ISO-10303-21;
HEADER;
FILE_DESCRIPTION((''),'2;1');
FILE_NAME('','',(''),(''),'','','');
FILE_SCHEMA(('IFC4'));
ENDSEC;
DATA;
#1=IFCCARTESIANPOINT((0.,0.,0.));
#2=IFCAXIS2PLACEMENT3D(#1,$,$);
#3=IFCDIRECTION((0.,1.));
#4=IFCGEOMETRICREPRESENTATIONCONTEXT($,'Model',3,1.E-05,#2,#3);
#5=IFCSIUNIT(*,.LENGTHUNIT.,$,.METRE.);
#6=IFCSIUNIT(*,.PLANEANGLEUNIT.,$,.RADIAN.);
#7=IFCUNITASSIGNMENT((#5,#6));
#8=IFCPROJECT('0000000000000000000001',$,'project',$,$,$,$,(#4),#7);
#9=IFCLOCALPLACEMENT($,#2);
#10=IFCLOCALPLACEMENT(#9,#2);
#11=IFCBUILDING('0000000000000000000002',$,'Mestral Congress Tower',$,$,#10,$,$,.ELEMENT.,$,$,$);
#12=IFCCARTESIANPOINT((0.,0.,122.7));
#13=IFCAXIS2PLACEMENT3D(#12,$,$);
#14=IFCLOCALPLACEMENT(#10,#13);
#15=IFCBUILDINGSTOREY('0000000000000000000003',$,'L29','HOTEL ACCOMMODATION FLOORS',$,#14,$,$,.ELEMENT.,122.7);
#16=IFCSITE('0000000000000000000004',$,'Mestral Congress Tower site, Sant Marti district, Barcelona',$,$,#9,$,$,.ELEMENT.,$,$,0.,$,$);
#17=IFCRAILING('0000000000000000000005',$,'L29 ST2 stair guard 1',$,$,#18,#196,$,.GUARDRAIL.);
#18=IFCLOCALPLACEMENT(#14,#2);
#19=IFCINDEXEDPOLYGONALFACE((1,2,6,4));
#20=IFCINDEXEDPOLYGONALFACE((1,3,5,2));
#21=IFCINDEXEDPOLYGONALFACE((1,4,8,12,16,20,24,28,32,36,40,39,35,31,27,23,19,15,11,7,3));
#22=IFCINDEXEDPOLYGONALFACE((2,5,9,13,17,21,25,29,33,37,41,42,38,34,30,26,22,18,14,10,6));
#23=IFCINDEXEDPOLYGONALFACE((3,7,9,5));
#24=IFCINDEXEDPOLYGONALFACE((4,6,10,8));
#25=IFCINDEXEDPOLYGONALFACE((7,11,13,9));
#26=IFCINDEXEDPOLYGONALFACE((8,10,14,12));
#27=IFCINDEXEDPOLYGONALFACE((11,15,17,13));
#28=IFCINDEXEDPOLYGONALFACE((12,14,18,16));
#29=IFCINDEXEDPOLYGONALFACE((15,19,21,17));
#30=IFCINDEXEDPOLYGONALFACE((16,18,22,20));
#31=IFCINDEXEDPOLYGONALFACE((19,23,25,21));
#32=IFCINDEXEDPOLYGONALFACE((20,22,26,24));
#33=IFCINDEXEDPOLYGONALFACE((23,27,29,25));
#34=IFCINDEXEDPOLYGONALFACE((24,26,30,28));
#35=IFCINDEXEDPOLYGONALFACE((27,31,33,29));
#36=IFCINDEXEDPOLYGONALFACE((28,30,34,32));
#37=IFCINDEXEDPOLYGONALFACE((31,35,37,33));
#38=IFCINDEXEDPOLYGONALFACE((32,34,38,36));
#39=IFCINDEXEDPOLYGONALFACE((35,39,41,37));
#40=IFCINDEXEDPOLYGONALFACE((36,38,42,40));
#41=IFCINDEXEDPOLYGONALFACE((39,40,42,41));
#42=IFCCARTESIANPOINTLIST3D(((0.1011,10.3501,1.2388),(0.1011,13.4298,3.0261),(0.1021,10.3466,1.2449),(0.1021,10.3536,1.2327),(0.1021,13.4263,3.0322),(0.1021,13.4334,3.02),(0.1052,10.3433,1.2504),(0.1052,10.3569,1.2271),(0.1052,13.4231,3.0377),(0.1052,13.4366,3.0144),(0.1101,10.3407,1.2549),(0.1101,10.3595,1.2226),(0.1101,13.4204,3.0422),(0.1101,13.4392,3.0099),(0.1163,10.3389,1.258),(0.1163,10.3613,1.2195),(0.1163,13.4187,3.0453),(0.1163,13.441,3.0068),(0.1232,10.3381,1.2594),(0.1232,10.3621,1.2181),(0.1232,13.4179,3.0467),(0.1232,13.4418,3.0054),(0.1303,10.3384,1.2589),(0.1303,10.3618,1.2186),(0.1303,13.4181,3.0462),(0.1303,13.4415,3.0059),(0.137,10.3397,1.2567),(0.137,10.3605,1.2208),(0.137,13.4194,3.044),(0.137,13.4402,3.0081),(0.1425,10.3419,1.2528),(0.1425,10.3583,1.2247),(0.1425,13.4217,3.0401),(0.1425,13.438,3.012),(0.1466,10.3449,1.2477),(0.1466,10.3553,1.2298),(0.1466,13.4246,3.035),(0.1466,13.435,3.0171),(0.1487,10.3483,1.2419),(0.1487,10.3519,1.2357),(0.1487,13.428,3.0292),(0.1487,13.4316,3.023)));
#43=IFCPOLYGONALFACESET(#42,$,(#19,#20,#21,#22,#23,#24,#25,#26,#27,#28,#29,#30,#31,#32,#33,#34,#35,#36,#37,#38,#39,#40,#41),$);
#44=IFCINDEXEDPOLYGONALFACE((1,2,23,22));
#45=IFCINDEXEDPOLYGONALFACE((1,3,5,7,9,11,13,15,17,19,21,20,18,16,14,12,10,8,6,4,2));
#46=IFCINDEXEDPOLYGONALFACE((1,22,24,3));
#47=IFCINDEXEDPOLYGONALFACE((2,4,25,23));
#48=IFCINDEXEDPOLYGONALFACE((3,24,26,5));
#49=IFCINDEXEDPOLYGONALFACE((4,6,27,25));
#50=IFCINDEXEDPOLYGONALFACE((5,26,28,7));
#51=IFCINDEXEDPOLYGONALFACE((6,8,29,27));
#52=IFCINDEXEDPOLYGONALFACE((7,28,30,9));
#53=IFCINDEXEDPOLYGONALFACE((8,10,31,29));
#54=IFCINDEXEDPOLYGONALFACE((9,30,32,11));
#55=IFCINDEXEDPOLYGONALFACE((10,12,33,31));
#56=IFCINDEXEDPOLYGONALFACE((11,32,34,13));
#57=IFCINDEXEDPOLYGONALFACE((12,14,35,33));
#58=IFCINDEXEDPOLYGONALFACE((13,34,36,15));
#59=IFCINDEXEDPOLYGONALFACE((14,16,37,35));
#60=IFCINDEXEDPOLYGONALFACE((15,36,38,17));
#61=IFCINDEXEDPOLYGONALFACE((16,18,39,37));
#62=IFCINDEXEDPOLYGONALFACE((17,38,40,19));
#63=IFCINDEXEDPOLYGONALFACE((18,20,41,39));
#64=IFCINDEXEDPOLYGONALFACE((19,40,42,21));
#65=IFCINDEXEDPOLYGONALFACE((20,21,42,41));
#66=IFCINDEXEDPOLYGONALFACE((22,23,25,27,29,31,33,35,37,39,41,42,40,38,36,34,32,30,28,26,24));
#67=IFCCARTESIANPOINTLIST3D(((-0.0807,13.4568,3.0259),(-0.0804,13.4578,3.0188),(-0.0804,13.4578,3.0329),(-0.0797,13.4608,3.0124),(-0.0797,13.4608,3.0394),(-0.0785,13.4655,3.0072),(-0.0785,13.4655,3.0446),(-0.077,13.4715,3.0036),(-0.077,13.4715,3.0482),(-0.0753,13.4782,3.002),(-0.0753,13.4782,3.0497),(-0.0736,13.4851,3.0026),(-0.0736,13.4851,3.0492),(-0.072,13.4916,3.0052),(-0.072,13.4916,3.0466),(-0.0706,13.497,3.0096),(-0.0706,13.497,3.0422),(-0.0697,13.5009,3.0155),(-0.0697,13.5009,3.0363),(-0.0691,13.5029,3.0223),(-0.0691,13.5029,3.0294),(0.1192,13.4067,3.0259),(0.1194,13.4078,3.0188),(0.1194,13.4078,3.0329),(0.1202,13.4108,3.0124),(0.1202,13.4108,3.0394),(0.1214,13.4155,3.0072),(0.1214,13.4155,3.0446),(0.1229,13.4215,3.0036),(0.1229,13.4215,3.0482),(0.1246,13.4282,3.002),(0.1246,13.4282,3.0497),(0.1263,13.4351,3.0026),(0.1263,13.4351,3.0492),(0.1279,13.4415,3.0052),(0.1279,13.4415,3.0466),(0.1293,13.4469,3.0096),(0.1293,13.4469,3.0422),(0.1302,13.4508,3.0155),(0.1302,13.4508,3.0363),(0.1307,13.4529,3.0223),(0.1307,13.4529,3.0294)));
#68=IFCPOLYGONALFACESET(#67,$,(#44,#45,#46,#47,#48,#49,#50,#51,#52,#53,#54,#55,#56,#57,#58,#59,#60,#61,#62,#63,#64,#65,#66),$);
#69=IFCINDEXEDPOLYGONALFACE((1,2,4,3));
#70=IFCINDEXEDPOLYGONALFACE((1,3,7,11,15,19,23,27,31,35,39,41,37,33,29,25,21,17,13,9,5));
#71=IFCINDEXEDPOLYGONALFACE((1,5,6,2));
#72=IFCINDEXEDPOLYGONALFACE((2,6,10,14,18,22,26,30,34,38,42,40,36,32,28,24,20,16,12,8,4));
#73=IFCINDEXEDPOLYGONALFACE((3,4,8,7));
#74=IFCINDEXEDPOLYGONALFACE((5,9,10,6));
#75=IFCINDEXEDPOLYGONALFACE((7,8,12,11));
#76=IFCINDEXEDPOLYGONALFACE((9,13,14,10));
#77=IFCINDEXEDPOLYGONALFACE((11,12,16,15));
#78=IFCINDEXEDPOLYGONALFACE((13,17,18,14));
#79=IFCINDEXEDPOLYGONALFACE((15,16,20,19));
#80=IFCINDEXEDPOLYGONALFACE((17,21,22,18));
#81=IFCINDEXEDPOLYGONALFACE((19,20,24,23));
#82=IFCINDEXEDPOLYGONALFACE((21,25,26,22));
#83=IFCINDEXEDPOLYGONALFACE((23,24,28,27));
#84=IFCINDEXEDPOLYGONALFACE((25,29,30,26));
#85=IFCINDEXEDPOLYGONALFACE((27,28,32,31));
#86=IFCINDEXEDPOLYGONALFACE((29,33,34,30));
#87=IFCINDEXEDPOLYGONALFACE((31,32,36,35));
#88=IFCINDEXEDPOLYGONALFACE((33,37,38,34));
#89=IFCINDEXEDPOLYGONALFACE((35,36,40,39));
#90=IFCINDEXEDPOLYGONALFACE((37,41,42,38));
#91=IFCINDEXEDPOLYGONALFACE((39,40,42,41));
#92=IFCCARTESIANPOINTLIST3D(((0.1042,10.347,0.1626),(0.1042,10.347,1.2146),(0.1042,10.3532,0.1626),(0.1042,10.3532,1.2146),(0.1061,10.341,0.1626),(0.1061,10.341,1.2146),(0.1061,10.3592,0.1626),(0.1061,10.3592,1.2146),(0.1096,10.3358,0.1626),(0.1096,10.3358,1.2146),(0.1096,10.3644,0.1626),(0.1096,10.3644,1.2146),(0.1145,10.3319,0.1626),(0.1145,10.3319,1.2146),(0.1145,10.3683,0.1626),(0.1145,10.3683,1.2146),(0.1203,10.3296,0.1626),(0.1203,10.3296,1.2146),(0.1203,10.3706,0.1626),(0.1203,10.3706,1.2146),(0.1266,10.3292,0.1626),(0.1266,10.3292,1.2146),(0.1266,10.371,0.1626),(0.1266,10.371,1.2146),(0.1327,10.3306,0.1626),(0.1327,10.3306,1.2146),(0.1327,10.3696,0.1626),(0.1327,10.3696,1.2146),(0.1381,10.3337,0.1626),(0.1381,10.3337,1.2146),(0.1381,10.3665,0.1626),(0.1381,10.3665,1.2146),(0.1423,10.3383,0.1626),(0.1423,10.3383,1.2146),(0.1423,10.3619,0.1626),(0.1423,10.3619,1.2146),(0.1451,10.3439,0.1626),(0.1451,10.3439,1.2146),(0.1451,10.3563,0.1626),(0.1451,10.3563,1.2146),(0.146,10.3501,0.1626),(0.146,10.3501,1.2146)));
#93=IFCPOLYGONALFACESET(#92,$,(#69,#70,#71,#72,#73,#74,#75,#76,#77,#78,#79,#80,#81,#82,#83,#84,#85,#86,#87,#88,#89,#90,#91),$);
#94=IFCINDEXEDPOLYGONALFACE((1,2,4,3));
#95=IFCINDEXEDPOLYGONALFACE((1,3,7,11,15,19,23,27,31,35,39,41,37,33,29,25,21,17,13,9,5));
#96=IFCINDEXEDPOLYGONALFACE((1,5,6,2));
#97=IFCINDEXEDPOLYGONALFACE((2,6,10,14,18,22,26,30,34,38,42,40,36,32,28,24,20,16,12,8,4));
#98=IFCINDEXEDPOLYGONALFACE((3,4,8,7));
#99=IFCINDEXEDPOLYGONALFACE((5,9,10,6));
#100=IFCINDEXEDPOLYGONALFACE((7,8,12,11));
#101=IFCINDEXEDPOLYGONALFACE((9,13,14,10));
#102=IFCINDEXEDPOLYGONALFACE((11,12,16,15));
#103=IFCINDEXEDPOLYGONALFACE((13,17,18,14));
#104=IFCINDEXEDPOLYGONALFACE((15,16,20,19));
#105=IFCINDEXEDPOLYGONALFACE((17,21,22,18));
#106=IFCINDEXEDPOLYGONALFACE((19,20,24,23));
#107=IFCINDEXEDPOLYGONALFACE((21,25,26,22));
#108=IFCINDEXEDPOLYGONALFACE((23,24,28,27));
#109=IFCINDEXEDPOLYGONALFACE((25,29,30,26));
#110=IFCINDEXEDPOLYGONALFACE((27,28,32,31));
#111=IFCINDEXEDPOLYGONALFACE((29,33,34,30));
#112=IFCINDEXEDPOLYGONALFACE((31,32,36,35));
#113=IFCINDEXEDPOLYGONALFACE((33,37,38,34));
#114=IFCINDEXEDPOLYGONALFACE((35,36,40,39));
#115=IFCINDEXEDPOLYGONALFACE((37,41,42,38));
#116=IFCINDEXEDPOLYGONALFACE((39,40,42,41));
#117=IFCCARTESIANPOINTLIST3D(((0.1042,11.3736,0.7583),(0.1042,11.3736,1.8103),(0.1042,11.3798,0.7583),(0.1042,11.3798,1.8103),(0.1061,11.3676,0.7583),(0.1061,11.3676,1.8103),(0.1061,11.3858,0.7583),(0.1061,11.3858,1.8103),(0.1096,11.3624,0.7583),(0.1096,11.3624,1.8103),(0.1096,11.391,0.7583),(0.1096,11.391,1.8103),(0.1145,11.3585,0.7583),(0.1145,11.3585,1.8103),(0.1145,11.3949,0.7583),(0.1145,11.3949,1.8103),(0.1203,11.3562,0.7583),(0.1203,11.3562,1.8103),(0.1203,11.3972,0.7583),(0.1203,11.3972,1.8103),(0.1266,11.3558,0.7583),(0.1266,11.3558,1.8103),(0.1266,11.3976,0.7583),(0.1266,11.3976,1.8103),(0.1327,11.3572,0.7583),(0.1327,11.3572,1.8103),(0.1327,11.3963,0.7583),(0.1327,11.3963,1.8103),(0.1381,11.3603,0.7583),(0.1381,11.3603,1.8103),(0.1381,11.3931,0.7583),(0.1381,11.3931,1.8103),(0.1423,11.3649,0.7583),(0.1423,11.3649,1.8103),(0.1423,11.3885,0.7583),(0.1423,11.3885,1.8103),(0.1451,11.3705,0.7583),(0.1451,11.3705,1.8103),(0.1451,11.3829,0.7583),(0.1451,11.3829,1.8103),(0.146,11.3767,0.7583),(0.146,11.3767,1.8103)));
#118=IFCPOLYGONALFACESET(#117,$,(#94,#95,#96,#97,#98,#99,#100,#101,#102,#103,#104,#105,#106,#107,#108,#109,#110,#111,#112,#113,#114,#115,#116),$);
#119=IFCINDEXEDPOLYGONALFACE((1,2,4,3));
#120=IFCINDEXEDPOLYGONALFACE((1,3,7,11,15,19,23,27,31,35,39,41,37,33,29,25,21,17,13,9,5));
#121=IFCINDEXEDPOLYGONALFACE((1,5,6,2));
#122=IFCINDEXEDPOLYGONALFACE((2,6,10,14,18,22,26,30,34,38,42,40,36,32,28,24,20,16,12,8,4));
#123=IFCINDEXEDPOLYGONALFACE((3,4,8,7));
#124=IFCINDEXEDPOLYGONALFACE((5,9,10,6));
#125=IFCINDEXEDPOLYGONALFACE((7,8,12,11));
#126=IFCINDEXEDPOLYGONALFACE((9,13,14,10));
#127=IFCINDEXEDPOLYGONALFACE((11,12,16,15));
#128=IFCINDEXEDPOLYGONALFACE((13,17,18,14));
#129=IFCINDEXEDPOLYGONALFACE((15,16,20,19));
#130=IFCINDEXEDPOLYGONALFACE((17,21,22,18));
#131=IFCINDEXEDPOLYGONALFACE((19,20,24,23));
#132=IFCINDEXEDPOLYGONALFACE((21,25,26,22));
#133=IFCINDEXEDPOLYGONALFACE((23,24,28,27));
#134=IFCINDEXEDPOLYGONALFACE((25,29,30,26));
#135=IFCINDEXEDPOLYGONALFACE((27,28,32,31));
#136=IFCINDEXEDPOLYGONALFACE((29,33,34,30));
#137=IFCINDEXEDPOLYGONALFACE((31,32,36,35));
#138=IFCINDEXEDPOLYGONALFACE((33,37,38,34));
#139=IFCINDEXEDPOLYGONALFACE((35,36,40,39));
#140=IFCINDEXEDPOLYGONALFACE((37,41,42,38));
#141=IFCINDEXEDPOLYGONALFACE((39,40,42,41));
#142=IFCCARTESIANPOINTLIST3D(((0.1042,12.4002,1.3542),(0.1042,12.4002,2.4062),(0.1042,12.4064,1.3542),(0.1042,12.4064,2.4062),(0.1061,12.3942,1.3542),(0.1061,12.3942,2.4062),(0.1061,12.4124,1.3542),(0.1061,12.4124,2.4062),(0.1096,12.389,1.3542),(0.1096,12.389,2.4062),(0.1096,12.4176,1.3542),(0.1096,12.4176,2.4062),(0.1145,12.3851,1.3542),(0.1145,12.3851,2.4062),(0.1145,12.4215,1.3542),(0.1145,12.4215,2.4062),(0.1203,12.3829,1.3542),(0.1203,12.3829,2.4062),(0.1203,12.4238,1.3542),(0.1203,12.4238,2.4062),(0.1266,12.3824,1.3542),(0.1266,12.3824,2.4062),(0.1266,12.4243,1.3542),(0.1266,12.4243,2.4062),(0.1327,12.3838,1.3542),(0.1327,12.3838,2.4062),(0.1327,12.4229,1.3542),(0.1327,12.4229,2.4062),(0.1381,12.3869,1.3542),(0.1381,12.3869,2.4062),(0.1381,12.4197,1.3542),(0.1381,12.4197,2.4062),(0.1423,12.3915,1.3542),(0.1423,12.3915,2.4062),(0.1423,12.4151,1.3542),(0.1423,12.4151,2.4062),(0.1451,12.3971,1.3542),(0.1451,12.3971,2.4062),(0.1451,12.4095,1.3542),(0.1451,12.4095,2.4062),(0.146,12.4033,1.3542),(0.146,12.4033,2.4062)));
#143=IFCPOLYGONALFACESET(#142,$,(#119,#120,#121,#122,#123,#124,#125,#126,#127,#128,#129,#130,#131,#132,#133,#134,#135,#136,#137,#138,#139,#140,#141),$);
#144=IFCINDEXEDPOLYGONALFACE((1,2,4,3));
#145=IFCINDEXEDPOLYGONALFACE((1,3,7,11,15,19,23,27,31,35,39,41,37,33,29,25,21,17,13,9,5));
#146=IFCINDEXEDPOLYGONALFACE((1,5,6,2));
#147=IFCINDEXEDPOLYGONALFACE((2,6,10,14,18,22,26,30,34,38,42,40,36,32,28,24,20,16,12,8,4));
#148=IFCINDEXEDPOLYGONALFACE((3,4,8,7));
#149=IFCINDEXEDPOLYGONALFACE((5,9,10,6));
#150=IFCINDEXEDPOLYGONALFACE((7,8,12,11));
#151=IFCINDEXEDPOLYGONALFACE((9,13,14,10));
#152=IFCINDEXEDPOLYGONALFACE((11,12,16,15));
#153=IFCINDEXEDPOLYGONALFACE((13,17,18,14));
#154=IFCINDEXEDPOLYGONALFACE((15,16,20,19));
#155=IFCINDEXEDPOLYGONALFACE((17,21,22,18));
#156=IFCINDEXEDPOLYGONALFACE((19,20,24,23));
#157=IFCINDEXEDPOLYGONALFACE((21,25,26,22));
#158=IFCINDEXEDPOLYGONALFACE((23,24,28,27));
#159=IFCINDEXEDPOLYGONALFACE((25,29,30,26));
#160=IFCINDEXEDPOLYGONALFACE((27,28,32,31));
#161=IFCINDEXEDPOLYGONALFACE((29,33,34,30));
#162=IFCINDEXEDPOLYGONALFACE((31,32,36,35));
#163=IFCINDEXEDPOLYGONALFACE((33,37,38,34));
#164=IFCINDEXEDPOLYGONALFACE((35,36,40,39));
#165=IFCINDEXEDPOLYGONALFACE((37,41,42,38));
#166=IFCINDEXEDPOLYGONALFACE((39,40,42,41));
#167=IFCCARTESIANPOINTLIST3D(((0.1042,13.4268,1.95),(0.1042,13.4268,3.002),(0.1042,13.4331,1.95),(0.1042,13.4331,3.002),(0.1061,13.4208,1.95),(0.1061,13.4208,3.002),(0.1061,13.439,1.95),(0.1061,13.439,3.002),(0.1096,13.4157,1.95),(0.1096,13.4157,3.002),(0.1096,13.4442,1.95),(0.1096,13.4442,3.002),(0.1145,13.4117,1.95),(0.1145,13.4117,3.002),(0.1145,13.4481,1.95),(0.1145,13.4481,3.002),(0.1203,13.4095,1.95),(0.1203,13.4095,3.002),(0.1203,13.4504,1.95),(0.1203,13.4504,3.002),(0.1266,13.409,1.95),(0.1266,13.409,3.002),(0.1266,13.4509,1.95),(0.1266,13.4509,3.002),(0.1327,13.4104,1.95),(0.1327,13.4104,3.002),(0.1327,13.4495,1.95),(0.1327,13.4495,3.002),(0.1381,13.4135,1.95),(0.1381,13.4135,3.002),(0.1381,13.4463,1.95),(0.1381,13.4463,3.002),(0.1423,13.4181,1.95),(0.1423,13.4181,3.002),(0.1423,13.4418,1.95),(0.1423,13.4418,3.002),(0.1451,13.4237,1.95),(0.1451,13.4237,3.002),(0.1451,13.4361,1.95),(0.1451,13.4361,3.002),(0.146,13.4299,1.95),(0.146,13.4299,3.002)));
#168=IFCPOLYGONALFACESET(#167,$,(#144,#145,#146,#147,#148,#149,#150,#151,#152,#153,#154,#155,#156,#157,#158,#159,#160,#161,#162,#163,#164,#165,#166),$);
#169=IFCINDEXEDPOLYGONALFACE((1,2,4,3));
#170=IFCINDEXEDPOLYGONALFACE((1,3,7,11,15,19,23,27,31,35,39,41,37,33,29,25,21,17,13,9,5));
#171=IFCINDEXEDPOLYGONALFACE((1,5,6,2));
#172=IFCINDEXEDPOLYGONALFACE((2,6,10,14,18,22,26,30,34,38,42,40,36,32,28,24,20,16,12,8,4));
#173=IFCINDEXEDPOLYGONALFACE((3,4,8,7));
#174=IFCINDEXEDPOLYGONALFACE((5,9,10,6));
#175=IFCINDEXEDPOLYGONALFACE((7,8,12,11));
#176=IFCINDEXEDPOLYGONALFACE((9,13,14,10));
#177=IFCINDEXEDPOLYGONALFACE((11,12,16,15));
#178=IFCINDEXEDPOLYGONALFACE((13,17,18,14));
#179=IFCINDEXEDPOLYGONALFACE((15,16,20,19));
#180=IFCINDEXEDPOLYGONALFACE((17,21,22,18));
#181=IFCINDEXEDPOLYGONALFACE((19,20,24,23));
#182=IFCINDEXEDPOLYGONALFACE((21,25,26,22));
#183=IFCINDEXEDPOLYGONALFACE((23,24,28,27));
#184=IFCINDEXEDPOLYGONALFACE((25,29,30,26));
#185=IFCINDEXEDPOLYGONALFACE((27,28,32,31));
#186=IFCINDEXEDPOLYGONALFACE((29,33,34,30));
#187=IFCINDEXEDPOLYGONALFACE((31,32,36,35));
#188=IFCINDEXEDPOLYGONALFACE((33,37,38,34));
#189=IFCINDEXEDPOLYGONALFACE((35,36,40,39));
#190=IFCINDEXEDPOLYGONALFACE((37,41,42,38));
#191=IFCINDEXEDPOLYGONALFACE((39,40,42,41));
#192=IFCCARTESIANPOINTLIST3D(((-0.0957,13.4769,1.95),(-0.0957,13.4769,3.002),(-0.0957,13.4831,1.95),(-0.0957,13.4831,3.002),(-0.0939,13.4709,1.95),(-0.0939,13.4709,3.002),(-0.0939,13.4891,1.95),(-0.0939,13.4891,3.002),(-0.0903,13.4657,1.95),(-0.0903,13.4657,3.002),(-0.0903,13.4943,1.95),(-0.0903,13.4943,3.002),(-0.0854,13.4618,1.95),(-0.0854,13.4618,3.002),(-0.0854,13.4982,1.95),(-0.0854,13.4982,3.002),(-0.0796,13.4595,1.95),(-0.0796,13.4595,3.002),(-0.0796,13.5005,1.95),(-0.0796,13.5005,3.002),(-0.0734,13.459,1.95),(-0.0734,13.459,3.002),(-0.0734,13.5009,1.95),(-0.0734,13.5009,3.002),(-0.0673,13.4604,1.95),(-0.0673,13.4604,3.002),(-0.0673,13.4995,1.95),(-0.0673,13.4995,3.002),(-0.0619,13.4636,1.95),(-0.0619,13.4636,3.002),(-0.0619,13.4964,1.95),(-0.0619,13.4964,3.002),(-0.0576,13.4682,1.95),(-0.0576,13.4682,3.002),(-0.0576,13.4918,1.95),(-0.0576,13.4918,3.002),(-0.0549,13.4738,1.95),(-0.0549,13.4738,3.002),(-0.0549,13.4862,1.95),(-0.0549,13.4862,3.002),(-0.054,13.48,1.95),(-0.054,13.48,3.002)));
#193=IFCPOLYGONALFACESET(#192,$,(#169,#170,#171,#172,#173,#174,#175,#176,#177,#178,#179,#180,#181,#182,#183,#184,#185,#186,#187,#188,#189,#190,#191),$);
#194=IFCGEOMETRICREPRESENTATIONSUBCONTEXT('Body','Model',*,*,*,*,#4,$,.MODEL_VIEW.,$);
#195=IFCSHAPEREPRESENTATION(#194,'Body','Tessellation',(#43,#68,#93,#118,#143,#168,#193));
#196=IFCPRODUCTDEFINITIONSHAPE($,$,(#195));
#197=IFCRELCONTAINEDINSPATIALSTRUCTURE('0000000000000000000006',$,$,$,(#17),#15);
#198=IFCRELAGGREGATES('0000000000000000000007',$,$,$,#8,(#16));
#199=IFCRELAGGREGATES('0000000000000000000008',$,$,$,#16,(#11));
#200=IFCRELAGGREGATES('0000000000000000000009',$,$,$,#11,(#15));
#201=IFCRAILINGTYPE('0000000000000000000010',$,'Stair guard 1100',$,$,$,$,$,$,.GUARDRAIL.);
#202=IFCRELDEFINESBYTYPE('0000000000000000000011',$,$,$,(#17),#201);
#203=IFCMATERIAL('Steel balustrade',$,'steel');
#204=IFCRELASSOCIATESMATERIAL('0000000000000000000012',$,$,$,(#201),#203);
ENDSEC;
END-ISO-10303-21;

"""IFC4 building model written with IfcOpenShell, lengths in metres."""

from ifc_helpers import new_model, si_unit, direction, frame, origin, origin_2d, place, context, subcontext, project, spatial, circle, extrude, material, type_object, element, save


model = new_model("IFC4")

# Units and contexts
model_context = context("Model", 3, precision=1e-05, world=origin(), true_north=direction((0.0, 1.0)))
body_context = subcontext(model_context, "Body", "Model", "MODEL_VIEW")
ifc_project = project(units=[si_unit("LENGTHUNIT", "METRE"), si_unit("PLANEANGLEUNIT", "RADIAN")], contexts=[model_context])

# Site, building, storey
site_placement = place(None, origin())
site = spatial("IfcSite", under=ifc_project, at=site_placement, Name="Mestral Congress Tower site, Sant Marti district, Barcelona", CompositionType="ELEMENT", RefElevation=0.0)
building_placement = place(site_placement, origin())
building = spatial("IfcBuilding", under=site, at=building_placement, Name="Mestral Congress Tower", CompositionType="ELEMENT")
storey_placement = place(building_placement, frame((0.0, 0.0, 122.7)))
storey = spatial("IfcBuildingStorey", under=building, at=storey_placement, Name="L29", Description="HOTEL ACCOMMODATION FLOORS", CompositionType="ELEMENT", Elevation=122.7)

# Railing
ifc_material_1 = material(Name="Steel balustrade", Category="steel")
railing_type_1 = type_object("IfcRailingType", Name="Stair guard 1100", PredefinedType="GUARDRAIL", material=ifc_material_1)
railing_1_placement = place(storey_placement, frame((0.125, 10.3501, 0.1626)))
element("IfcRailing", 1, at=railing_1_placement, inside=storey, type_object=railing_type_1, Name="L29 ST2 stair guard 1", PredefinedType="GUARDRAIL", context=body_context, shape_type="SweptSolid", body=[
    extrude(circle(Radius=0.0239, at=origin_2d()), frame((0.0, 0.0, 1.0762), z_axis=(0.0, 0.864903, 0.501939), x_axis=(-1.0, 0.0, 0.0)), (0.0, 0.0, 1.0), 3.5608),
    extrude(circle(Radius=0.0239, at=origin_2d()), frame((0.0, 3.0798, 2.8633), z_axis=(-0.970073, 0.242814, 0.0), x_axis=(-0.242814, -0.970073, 0.0)), (0.0, 0.0, 1.0), 0.2061),
    extrude(circle(Radius=0.021, at=origin_2d()), origin(), (0.0, 0.0, 1.0), 1.052),
    extrude(circle(Radius=0.021, at=origin_2d()), frame((0.0, 1.0266, 0.5957)), (0.0, 0.0, 1.0), 1.052),
    extrude(circle(Radius=0.021, at=origin_2d()), frame((0.0, 2.0532, 1.1917)), (0.0, 0.0, 1.0), 1.052),
    extrude(circle(Radius=0.021, at=origin_2d()), frame((0.0, 3.0798, 1.7874)), (0.0, 0.0, 1.0), 1.052),
    extrude(circle(Radius=0.021, at=origin_2d()), frame((-0.2, 3.1299, 1.7874)), (0.0, 0.0, 1.0), 1.052),
])

save(model, "model.ifc")
